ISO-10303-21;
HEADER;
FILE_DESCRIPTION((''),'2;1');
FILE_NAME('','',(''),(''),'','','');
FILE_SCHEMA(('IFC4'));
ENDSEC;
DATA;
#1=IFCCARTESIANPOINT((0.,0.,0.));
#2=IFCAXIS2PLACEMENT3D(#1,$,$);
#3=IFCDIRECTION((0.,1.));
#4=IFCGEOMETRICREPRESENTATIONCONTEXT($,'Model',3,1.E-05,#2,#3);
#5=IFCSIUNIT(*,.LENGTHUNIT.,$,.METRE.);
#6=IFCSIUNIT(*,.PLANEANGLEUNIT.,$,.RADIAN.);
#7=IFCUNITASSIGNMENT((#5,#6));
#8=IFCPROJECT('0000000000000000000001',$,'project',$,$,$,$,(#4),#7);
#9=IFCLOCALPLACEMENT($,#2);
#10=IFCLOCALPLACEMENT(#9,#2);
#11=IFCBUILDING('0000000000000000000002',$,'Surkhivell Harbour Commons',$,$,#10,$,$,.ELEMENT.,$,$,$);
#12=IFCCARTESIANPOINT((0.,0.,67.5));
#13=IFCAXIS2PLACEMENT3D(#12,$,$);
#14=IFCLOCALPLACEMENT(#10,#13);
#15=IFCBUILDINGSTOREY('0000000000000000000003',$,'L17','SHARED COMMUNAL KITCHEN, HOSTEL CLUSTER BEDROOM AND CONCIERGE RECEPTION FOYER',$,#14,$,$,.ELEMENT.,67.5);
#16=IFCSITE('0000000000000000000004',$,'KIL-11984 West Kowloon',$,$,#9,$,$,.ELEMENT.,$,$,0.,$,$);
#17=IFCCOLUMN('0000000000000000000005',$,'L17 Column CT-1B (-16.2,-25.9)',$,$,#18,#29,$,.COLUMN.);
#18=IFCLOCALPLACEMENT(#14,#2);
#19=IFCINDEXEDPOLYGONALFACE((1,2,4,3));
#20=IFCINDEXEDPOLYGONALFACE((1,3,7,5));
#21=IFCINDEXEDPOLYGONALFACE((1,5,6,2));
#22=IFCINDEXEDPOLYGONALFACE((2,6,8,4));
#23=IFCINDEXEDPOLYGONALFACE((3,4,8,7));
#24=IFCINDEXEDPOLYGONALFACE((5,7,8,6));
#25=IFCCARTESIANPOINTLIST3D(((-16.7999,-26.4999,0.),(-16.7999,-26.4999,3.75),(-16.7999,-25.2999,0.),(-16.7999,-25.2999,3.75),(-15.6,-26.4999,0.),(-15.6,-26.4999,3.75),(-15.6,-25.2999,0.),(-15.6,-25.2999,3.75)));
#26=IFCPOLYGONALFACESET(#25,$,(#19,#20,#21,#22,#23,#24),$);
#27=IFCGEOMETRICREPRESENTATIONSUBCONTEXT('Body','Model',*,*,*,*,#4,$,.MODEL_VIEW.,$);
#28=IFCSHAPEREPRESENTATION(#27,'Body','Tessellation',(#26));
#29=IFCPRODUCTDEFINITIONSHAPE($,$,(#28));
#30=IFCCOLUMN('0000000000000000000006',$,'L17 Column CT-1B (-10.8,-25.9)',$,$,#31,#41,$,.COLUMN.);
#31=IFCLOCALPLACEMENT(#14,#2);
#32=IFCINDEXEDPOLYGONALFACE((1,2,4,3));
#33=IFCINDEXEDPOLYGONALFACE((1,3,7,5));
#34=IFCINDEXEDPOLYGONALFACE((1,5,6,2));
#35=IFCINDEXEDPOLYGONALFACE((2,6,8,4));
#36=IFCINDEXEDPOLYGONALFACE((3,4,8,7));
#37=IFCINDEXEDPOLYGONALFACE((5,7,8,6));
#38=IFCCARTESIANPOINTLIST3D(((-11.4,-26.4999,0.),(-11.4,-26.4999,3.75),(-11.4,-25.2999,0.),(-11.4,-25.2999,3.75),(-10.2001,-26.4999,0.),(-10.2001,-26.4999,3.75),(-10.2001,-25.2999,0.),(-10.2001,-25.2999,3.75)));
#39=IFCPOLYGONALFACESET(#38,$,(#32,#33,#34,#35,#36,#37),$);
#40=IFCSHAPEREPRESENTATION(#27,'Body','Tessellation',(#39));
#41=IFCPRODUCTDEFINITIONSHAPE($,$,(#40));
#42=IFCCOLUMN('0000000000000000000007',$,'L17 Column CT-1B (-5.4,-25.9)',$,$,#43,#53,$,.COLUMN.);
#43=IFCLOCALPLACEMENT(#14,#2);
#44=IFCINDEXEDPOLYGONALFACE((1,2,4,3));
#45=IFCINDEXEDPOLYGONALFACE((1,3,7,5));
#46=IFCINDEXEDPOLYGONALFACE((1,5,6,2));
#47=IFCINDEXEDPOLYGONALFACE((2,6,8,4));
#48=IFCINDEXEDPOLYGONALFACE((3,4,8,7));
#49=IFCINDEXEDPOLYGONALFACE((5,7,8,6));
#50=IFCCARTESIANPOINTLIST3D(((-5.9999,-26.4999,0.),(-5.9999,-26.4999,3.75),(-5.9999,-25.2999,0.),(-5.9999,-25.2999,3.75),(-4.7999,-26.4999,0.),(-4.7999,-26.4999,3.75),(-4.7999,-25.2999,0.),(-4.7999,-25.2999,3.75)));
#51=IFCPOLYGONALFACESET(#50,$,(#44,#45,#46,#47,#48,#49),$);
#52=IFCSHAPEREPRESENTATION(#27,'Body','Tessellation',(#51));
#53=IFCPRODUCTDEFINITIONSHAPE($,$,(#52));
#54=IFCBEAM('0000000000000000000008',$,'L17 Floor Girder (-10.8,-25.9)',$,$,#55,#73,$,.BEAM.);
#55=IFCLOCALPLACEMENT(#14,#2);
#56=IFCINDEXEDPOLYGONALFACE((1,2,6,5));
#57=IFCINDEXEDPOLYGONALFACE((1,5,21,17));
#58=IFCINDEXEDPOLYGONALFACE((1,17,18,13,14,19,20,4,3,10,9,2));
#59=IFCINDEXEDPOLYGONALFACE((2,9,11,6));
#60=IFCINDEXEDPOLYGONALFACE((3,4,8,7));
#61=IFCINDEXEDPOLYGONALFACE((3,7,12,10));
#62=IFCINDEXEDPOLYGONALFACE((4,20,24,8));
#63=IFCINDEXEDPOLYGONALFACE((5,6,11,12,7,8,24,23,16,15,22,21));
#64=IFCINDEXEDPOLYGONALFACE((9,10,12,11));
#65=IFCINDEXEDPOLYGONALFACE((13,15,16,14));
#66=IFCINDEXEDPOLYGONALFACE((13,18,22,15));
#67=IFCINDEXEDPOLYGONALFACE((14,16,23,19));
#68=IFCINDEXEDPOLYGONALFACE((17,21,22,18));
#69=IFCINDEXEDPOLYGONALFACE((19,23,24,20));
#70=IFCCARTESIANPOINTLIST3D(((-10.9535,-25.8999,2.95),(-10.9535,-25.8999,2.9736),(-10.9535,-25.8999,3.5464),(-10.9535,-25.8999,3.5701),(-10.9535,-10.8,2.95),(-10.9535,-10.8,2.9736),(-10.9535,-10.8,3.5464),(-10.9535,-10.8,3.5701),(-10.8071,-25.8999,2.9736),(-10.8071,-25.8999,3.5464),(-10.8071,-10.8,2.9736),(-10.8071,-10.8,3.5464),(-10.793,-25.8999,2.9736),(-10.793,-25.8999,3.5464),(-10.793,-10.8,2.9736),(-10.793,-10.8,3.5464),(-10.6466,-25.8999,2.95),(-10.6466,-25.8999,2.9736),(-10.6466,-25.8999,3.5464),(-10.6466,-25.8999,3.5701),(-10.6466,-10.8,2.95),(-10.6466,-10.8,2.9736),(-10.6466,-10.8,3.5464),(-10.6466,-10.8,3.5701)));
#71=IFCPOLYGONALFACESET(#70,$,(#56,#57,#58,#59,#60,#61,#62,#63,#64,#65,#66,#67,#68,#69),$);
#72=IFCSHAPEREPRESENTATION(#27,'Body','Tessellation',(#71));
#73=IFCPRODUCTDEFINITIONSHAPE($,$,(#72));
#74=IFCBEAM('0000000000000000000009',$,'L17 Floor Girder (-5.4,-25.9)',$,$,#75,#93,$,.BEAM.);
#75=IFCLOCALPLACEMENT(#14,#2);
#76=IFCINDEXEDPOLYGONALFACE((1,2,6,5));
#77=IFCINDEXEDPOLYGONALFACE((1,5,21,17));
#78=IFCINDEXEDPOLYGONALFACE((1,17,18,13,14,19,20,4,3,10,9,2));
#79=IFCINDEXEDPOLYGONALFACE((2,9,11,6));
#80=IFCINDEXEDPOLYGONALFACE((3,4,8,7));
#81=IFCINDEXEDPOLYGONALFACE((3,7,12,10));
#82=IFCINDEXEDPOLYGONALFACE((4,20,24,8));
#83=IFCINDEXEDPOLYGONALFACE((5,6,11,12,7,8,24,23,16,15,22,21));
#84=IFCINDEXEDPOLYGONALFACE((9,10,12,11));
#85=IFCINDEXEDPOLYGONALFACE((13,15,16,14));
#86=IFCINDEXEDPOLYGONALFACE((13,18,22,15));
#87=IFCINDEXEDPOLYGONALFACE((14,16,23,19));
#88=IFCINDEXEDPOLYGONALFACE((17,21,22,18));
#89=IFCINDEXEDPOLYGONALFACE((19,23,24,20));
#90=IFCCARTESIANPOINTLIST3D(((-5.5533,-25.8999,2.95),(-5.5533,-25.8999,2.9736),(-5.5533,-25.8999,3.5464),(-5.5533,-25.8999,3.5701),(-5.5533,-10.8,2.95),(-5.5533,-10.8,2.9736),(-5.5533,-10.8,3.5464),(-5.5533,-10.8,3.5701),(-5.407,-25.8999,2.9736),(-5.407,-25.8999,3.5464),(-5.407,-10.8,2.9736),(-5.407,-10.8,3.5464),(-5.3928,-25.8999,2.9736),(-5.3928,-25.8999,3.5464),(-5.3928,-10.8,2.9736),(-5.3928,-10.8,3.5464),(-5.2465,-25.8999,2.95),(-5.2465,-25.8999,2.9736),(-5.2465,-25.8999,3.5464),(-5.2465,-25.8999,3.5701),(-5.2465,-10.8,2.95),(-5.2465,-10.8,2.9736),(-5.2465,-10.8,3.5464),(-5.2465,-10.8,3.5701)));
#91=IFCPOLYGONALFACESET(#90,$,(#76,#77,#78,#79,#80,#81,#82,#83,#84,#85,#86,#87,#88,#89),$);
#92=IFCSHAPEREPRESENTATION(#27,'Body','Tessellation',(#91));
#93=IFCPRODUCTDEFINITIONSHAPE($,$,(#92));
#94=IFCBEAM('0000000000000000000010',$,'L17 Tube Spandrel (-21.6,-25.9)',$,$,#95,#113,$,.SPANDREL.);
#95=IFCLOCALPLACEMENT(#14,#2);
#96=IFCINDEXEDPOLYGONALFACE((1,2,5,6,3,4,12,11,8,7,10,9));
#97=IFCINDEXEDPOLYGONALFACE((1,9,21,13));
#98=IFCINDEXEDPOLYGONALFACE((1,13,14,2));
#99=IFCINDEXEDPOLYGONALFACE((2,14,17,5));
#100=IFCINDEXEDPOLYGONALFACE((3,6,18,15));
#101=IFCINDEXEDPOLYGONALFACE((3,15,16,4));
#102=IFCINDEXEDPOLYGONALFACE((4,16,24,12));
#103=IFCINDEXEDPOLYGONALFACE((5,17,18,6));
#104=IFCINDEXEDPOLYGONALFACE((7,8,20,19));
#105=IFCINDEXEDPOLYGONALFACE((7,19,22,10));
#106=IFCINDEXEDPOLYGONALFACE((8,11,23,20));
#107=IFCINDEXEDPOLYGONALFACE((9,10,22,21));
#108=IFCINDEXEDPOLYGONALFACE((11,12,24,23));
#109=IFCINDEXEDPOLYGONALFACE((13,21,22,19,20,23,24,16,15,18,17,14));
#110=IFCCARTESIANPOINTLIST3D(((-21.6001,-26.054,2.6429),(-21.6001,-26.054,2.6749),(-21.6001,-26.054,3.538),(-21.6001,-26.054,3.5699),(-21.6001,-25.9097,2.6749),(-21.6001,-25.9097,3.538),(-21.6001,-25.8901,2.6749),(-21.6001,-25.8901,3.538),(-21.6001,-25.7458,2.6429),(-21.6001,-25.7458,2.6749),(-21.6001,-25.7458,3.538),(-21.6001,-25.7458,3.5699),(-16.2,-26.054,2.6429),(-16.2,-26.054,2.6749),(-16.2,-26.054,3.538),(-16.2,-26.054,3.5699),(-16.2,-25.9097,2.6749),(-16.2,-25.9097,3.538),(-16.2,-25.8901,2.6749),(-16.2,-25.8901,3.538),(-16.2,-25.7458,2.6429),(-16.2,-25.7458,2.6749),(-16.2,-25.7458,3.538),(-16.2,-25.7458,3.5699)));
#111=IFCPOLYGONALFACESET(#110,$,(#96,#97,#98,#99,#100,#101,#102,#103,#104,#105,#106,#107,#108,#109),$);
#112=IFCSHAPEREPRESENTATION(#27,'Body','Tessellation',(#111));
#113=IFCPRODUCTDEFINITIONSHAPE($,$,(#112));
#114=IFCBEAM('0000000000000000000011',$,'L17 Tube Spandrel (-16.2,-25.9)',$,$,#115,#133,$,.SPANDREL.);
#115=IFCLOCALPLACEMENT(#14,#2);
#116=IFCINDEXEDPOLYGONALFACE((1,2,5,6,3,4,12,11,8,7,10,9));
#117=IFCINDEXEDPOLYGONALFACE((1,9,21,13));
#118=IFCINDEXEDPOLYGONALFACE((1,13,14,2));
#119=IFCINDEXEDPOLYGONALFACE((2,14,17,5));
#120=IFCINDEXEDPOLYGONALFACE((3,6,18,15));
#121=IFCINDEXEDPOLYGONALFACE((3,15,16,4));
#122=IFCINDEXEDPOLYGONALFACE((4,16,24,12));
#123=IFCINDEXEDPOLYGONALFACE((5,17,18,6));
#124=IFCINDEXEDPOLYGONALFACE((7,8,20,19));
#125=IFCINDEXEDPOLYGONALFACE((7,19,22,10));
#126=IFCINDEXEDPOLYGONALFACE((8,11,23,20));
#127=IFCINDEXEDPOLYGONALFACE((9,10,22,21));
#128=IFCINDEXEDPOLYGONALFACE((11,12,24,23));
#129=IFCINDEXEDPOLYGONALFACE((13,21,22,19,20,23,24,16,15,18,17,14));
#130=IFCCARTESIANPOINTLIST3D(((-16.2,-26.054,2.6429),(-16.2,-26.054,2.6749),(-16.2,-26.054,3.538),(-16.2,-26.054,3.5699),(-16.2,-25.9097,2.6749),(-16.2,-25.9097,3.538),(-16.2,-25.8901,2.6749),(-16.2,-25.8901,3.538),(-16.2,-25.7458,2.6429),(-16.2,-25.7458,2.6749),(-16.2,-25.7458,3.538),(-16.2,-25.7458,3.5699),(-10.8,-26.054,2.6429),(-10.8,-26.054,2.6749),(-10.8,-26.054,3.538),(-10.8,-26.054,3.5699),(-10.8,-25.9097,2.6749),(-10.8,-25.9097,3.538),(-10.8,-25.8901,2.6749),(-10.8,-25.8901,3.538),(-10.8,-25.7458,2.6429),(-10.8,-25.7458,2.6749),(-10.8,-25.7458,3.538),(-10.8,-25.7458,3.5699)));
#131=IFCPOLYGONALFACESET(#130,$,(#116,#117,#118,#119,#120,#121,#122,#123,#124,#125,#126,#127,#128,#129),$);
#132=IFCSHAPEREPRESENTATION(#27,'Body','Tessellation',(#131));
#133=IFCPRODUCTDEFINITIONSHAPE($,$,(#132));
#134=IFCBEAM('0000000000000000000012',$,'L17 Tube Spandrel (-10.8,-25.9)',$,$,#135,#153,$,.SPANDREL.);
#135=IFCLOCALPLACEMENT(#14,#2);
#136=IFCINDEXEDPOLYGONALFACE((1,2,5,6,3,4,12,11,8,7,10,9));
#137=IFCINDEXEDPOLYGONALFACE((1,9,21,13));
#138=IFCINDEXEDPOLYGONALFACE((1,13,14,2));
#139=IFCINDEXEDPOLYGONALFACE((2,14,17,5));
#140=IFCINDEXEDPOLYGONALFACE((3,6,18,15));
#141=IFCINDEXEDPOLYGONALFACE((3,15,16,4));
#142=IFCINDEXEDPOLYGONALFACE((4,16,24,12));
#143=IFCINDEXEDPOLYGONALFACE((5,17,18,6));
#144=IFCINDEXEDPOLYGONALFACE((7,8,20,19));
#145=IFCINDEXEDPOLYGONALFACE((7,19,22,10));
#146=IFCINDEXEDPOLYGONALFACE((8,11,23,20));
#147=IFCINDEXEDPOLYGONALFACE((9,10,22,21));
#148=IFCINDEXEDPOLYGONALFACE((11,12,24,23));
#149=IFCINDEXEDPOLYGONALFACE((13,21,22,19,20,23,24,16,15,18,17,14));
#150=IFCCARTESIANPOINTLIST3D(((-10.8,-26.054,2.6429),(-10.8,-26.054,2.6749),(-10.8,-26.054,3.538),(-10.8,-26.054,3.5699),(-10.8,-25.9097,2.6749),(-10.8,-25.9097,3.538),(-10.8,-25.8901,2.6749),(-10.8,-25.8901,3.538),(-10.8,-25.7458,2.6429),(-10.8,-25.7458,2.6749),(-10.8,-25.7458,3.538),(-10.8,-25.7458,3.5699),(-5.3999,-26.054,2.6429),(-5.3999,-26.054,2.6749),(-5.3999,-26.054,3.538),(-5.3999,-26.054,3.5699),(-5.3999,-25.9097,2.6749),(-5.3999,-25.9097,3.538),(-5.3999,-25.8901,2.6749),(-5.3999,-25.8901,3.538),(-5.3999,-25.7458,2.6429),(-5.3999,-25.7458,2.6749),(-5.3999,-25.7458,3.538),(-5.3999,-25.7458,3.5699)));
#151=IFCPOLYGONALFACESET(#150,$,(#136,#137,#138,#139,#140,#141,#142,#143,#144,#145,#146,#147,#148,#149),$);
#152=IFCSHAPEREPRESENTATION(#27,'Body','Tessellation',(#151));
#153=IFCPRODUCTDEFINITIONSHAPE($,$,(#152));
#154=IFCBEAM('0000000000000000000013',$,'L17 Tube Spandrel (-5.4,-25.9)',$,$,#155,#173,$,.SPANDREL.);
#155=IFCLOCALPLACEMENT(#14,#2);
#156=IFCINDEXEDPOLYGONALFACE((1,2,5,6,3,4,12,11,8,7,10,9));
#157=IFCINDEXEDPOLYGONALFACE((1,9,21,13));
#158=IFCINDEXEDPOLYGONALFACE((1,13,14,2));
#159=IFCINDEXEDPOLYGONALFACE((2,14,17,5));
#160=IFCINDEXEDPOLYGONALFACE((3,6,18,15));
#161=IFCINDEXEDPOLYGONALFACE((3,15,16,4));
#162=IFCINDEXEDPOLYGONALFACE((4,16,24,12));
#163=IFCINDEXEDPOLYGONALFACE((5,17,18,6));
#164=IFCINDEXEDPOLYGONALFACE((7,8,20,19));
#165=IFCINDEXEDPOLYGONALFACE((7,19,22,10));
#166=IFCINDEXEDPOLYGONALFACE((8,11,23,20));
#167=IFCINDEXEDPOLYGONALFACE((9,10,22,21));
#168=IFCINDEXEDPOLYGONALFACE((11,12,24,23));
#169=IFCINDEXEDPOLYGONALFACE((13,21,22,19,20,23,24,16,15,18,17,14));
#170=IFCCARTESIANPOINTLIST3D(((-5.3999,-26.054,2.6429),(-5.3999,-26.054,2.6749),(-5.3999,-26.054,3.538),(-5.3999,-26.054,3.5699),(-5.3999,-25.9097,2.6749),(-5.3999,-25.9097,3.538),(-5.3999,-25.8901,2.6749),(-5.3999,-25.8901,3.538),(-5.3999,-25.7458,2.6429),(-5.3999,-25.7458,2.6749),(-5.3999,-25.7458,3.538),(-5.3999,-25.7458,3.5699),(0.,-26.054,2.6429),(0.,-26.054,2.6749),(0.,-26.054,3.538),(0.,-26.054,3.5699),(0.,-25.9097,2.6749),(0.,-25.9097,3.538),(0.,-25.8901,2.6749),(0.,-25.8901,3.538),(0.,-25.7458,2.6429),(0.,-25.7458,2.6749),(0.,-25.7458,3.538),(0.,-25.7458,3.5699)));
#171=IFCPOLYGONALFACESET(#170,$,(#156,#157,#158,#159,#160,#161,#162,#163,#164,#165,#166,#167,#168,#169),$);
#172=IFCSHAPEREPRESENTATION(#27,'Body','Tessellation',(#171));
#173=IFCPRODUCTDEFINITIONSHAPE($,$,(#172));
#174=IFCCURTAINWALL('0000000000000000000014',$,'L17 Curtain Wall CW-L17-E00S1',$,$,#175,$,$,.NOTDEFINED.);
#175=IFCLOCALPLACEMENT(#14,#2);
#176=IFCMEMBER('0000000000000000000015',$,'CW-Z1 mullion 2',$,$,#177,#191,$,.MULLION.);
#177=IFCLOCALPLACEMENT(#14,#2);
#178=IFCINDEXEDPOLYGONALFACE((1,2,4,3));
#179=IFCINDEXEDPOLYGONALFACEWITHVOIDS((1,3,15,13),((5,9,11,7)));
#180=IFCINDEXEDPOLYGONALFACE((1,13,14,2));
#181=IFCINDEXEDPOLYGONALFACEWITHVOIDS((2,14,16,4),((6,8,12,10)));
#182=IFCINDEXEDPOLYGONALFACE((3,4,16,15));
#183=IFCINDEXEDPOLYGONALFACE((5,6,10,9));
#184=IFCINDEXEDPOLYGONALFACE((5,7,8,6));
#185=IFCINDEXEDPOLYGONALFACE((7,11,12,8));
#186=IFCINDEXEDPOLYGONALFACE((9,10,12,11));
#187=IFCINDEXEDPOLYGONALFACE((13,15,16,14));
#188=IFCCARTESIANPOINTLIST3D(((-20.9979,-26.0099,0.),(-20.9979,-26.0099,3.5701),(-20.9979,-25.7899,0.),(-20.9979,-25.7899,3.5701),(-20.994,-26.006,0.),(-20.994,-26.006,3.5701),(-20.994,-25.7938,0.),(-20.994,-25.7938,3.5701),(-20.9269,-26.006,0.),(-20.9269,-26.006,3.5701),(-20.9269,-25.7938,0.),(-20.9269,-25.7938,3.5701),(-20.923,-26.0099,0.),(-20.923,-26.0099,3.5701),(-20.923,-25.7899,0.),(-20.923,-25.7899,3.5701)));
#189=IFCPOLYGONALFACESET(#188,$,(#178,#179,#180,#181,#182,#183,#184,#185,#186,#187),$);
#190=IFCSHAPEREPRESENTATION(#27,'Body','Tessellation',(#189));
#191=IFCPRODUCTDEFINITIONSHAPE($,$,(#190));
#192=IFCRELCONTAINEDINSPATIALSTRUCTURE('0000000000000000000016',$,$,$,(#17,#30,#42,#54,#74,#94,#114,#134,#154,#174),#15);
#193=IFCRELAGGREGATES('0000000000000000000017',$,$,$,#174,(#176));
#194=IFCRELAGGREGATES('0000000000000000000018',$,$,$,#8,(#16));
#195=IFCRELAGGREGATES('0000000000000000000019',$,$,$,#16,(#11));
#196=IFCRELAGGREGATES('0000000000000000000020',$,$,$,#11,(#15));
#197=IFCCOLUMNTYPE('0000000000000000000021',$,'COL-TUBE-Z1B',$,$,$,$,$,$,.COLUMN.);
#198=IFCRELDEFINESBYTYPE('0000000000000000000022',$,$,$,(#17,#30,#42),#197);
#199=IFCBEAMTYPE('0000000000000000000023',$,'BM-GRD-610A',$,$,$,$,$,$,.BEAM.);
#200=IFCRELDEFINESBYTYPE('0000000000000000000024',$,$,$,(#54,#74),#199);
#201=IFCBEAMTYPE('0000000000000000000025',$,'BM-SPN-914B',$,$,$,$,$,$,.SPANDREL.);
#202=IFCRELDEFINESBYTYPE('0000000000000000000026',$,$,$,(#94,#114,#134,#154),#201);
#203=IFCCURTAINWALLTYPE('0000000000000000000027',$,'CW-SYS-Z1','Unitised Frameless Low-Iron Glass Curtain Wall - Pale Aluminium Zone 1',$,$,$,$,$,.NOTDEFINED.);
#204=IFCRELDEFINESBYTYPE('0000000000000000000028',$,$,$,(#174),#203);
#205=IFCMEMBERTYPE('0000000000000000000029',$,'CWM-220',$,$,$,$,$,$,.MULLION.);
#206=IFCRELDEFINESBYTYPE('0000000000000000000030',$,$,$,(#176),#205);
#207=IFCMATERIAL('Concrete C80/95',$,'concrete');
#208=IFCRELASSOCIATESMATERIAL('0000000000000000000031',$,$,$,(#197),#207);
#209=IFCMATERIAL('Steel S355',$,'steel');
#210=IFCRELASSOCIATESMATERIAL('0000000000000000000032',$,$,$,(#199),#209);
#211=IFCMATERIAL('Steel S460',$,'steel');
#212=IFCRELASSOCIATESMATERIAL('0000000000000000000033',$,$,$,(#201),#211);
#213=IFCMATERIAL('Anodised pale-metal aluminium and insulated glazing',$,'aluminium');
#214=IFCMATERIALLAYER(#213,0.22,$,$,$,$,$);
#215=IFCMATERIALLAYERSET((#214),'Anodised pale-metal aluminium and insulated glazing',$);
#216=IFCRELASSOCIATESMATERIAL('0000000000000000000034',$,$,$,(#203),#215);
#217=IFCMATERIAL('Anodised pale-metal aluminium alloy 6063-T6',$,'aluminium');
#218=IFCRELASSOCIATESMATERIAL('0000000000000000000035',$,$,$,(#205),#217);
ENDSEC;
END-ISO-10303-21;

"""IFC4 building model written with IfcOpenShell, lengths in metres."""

from ifc_helpers import new_model, si_unit, direction, frame, origin, origin_2d, place, context, subcontext, project, spatial, rectangle, hollow_rectangle, i_section, extrude, material, layer, layer_set, material_profile, profile_set, type_object, element, aggregate, save


model = new_model("IFC4")

# Units and contexts
model_context = context("Model", 3, precision=1e-05, world=origin(), true_north=direction((0.0, 1.0)))
body_context = subcontext(model_context, "Body", "Model", "MODEL_VIEW")
ifc_project = project(units=[si_unit("LENGTHUNIT", "METRE"), si_unit("PLANEANGLEUNIT", "RADIAN")], contexts=[model_context])

# Site, building, storey
site_placement = place(None, origin())
site = spatial("IfcSite", under=ifc_project, at=site_placement, Name="KIL-11984 West Kowloon", CompositionType="ELEMENT", RefElevation=0.0)
building_placement = place(site_placement, origin())
building = spatial("IfcBuilding", under=site, at=building_placement, Name="Surkhivell Harbour Commons", CompositionType="ELEMENT")
storey_placement = place(building_placement, frame((0.0, 0.0, 67.5)))
storey = spatial("IfcBuildingStorey", under=building, at=storey_placement, Name="L17", Description="SHARED COMMUNAL KITCHEN, HOSTEL CLUSTER BEDROOM AND CONCIERGE RECEPTION FOYER", CompositionType="ELEMENT", Elevation=67.5)

# Columns
ifc_material_1 = material(Name="Concrete C80/95", Category="concrete")
ifc_material_profile_1 = material_profile(ifc_material_1, rectangle(XDim=1.2, YDim=1.2, at=origin_2d()), Name="RC-COL-1200x1200")
ifc_profile_set_1 = profile_set([ifc_material_profile_1], Name="Concrete C80/95")
column_type = type_object("IfcColumnType", Name="COL-TUBE-Z1B", PredefinedType="COLUMN", material=ifc_profile_set_1)
for number, where, z_axis, x_axis, name in (
    (1, (-16.2, -25.8999, 0.0), (0.0, 0.0, 1.0), (1.0, 0.0, 0.0), "L17 Column CT-1B (-16.2,-25.9)"),
    (2, (-10.8, -25.8999, 0.0), (0.0, 0.0, 1.0), (1.0, 0.0, 0.0), "L17 Column CT-1B (-10.8,-25.9)"),
    (3, (-5.3999, -25.8999, 0.0), (0.0, 0.0, 1.0), (1.0, 0.0, 0.0), "L17 Column CT-1B (-5.4,-25.9)"),
):
    element("IfcColumn", number, at=place(storey_placement, frame(where, z_axis=z_axis, x_axis=x_axis)), inside=storey, type_object=column_type, Name=name, PredefinedType="COLUMN", context=body_context, shape_type="SweptSolid", body=[
        extrude(rectangle(XDim=1.2, YDim=1.2, at=origin_2d()), origin(), (0.0, 0.0, 1.0), 3.75),
    ])

# Beams
ifc_material_2 = material(Name="Steel S355", Category="steel")
ifc_material_profile_2 = material_profile(ifc_material_2, i_section(OverallWidth=0.3069, OverallDepth=0.6201, WebThickness=0.0142, FlangeThickness=0.0237, at=origin_2d()), Name="UB610x305x179")
ifc_profile_set_2 = profile_set([ifc_material_profile_2], Name="Steel S355")
beam_type_1 = type_object("IfcBeamType", Name="BM-GRD-610A", PredefinedType="BEAM", material=ifc_profile_set_2)
for number, where, z_axis, x_axis, name in (
    (4, (-10.8, -25.8999, 3.26), (0.0, 1.0, 0.0), (-1.0, 0.0, 0.0), "L17 Floor Girder (-10.8,-25.9)"),
    (5, (-5.3999, -25.8999, 3.26), (0.0, 1.0, 0.0), (-1.0, 0.0, 0.0), "L17 Floor Girder (-5.4,-25.9)"),
):
    element("IfcBeam", number, at=place(storey_placement, frame(where, z_axis=z_axis, x_axis=x_axis)), inside=storey, type_object=beam_type_1, Name=name, PredefinedType="BEAM", context=body_context, shape_type="SweptSolid", body=[
        extrude(i_section(OverallWidth=0.3069, OverallDepth=0.6201, WebThickness=0.0142, FlangeThickness=0.0237, at=origin_2d()), origin(), (0.0, 0.0, 1.0), 15.0999),
    ])
ifc_material_3 = material(Name="Steel S460", Category="steel")
ifc_material_profile_3 = material_profile(ifc_material_3, i_section(OverallWidth=0.3081, OverallDepth=0.927, WebThickness=0.0195, FlangeThickness=0.032, at=origin_2d()), Name="UB914x305x289")
ifc_profile_set_3 = profile_set([ifc_material_profile_3], Name="Steel S460")
beam_type_2 = type_object("IfcBeamType", Name="BM-SPN-914B", PredefinedType="SPANDREL", material=ifc_profile_set_3)
beam_1_placement = place(storey_placement, frame((-21.6001, -25.8999, 3.1064), z_axis=(1.0, 0.0, 0.0), x_axis=(0.0, 1.0, 0.0)))
element("IfcBeam", 6, at=beam_1_placement, inside=storey, type_object=beam_type_2, Name="L17 Tube Spandrel (-21.6,-25.9)", PredefinedType="SPANDREL", context=body_context, shape_type="SweptSolid", body=[
    extrude(i_section(OverallWidth=0.3081, OverallDepth=0.927, WebThickness=0.0195, FlangeThickness=0.032, at=origin_2d()), origin(), (0.0, 0.0, 1.0), 5.4001),
])
beam_2_placement = place(storey_placement, frame((-16.2, -25.8999, 3.1064), z_axis=(1.0, 0.0, 0.0), x_axis=(0.0, 1.0, 0.0)))
element("IfcBeam", 7, at=beam_2_placement, inside=storey, type_object=beam_type_2, Name="L17 Tube Spandrel (-16.2,-25.9)", PredefinedType="SPANDREL", context=body_context, shape_type="SweptSolid", body=[
    extrude(i_section(OverallWidth=0.3081, OverallDepth=0.927, WebThickness=0.0195, FlangeThickness=0.032, at=origin_2d()), origin(), (0.0, 0.0, 1.0), 5.3999),
])
beam_3_placement = place(storey_placement, frame((-10.8, -25.8999, 3.1064), z_axis=(1.0, 0.0, 0.0), x_axis=(0.0, 1.0, 0.0)))
element("IfcBeam", 8, at=beam_3_placement, inside=storey, type_object=beam_type_2, Name="L17 Tube Spandrel (-10.8,-25.9)", PredefinedType="SPANDREL", context=body_context, shape_type="SweptSolid", body=[
    extrude(i_section(OverallWidth=0.3081, OverallDepth=0.927, WebThickness=0.0195, FlangeThickness=0.032, at=origin_2d()), origin(), (0.0, 0.0, 1.0), 5.4001),
])
beam_4_placement = place(storey_placement, frame((-5.3999, -25.8999, 3.1064), z_axis=(1.0, 0.0, 0.0), x_axis=(0.0, 1.0, 0.0)))
element("IfcBeam", 9, at=beam_4_placement, inside=storey, type_object=beam_type_2, Name="L17 Tube Spandrel (-5.4,-25.9)", PredefinedType="SPANDREL", context=body_context, shape_type="SweptSolid", body=[
    extrude(i_section(OverallWidth=0.3081, OverallDepth=0.927, WebThickness=0.0195, FlangeThickness=0.032, at=origin_2d()), origin(), (0.0, 0.0, 1.0), 5.3999),
])

# Curtain wall, member
ifc_material_4 = material(Name="Anodised pale-metal aluminium and insulated glazing", Category="aluminium")
ifc_layer_1 = layer(ifc_material_4, 0.22)
ifc_layer_set_1 = layer_set([ifc_layer_1], Name="Anodised pale-metal aluminium and insulated glazing")
curtain_wall_type = type_object("IfcCurtainWallType", Name="CW-SYS-Z1", Description="Unitised Frameless Low-Iron Glass Curtain Wall - Pale Aluminium Zone 1", PredefinedType="NOTDEFINED", material=ifc_layer_set_1)
curtain_wall_placement = place(storey_placement, origin())
curtain_wall = element("IfcCurtainWall", 10, at=curtain_wall_placement, inside=storey, type_object=curtain_wall_type, Name="L17 Curtain Wall CW-L17-E00S1", PredefinedType="NOTDEFINED")
ifc_material_5 = material(Name="Anodised pale-metal aluminium alloy 6063-T6", Category="aluminium")
ifc_material_profile_4 = material_profile(ifc_material_5, hollow_rectangle(XDim=0.075, YDim=0.22, WallThickness=0.0039, at=origin_2d()), Name="ALU-MULL-75x220")
ifc_profile_set_4 = profile_set([ifc_material_profile_4], Name="Anodised pale-metal aluminium alloy 6063-T6")
member_type_1 = type_object("IfcMemberType", Name="CWM-220", PredefinedType="MULLION", material=ifc_profile_set_4)
member_1_placement = place(storey_placement, frame((-20.9604, -25.8999, 0.0), z_axis=(0.0, 0.0, 1.0), x_axis=(1.0, 0.0, 0.0)))
member_1 = element("IfcMember", 11, at=member_1_placement, type_object=member_type_1, Name="CW-Z1 mullion 2", PredefinedType="MULLION", context=body_context, shape_type="SweptSolid", body=[
    extrude(hollow_rectangle(XDim=0.075, YDim=0.22, WallThickness=0.0039, at=origin_2d()), origin(), (0.0, 0.0, 1.0), 3.5701),
])

aggregate(curtain_wall, [member_1])

save(model, "model.ifc")
